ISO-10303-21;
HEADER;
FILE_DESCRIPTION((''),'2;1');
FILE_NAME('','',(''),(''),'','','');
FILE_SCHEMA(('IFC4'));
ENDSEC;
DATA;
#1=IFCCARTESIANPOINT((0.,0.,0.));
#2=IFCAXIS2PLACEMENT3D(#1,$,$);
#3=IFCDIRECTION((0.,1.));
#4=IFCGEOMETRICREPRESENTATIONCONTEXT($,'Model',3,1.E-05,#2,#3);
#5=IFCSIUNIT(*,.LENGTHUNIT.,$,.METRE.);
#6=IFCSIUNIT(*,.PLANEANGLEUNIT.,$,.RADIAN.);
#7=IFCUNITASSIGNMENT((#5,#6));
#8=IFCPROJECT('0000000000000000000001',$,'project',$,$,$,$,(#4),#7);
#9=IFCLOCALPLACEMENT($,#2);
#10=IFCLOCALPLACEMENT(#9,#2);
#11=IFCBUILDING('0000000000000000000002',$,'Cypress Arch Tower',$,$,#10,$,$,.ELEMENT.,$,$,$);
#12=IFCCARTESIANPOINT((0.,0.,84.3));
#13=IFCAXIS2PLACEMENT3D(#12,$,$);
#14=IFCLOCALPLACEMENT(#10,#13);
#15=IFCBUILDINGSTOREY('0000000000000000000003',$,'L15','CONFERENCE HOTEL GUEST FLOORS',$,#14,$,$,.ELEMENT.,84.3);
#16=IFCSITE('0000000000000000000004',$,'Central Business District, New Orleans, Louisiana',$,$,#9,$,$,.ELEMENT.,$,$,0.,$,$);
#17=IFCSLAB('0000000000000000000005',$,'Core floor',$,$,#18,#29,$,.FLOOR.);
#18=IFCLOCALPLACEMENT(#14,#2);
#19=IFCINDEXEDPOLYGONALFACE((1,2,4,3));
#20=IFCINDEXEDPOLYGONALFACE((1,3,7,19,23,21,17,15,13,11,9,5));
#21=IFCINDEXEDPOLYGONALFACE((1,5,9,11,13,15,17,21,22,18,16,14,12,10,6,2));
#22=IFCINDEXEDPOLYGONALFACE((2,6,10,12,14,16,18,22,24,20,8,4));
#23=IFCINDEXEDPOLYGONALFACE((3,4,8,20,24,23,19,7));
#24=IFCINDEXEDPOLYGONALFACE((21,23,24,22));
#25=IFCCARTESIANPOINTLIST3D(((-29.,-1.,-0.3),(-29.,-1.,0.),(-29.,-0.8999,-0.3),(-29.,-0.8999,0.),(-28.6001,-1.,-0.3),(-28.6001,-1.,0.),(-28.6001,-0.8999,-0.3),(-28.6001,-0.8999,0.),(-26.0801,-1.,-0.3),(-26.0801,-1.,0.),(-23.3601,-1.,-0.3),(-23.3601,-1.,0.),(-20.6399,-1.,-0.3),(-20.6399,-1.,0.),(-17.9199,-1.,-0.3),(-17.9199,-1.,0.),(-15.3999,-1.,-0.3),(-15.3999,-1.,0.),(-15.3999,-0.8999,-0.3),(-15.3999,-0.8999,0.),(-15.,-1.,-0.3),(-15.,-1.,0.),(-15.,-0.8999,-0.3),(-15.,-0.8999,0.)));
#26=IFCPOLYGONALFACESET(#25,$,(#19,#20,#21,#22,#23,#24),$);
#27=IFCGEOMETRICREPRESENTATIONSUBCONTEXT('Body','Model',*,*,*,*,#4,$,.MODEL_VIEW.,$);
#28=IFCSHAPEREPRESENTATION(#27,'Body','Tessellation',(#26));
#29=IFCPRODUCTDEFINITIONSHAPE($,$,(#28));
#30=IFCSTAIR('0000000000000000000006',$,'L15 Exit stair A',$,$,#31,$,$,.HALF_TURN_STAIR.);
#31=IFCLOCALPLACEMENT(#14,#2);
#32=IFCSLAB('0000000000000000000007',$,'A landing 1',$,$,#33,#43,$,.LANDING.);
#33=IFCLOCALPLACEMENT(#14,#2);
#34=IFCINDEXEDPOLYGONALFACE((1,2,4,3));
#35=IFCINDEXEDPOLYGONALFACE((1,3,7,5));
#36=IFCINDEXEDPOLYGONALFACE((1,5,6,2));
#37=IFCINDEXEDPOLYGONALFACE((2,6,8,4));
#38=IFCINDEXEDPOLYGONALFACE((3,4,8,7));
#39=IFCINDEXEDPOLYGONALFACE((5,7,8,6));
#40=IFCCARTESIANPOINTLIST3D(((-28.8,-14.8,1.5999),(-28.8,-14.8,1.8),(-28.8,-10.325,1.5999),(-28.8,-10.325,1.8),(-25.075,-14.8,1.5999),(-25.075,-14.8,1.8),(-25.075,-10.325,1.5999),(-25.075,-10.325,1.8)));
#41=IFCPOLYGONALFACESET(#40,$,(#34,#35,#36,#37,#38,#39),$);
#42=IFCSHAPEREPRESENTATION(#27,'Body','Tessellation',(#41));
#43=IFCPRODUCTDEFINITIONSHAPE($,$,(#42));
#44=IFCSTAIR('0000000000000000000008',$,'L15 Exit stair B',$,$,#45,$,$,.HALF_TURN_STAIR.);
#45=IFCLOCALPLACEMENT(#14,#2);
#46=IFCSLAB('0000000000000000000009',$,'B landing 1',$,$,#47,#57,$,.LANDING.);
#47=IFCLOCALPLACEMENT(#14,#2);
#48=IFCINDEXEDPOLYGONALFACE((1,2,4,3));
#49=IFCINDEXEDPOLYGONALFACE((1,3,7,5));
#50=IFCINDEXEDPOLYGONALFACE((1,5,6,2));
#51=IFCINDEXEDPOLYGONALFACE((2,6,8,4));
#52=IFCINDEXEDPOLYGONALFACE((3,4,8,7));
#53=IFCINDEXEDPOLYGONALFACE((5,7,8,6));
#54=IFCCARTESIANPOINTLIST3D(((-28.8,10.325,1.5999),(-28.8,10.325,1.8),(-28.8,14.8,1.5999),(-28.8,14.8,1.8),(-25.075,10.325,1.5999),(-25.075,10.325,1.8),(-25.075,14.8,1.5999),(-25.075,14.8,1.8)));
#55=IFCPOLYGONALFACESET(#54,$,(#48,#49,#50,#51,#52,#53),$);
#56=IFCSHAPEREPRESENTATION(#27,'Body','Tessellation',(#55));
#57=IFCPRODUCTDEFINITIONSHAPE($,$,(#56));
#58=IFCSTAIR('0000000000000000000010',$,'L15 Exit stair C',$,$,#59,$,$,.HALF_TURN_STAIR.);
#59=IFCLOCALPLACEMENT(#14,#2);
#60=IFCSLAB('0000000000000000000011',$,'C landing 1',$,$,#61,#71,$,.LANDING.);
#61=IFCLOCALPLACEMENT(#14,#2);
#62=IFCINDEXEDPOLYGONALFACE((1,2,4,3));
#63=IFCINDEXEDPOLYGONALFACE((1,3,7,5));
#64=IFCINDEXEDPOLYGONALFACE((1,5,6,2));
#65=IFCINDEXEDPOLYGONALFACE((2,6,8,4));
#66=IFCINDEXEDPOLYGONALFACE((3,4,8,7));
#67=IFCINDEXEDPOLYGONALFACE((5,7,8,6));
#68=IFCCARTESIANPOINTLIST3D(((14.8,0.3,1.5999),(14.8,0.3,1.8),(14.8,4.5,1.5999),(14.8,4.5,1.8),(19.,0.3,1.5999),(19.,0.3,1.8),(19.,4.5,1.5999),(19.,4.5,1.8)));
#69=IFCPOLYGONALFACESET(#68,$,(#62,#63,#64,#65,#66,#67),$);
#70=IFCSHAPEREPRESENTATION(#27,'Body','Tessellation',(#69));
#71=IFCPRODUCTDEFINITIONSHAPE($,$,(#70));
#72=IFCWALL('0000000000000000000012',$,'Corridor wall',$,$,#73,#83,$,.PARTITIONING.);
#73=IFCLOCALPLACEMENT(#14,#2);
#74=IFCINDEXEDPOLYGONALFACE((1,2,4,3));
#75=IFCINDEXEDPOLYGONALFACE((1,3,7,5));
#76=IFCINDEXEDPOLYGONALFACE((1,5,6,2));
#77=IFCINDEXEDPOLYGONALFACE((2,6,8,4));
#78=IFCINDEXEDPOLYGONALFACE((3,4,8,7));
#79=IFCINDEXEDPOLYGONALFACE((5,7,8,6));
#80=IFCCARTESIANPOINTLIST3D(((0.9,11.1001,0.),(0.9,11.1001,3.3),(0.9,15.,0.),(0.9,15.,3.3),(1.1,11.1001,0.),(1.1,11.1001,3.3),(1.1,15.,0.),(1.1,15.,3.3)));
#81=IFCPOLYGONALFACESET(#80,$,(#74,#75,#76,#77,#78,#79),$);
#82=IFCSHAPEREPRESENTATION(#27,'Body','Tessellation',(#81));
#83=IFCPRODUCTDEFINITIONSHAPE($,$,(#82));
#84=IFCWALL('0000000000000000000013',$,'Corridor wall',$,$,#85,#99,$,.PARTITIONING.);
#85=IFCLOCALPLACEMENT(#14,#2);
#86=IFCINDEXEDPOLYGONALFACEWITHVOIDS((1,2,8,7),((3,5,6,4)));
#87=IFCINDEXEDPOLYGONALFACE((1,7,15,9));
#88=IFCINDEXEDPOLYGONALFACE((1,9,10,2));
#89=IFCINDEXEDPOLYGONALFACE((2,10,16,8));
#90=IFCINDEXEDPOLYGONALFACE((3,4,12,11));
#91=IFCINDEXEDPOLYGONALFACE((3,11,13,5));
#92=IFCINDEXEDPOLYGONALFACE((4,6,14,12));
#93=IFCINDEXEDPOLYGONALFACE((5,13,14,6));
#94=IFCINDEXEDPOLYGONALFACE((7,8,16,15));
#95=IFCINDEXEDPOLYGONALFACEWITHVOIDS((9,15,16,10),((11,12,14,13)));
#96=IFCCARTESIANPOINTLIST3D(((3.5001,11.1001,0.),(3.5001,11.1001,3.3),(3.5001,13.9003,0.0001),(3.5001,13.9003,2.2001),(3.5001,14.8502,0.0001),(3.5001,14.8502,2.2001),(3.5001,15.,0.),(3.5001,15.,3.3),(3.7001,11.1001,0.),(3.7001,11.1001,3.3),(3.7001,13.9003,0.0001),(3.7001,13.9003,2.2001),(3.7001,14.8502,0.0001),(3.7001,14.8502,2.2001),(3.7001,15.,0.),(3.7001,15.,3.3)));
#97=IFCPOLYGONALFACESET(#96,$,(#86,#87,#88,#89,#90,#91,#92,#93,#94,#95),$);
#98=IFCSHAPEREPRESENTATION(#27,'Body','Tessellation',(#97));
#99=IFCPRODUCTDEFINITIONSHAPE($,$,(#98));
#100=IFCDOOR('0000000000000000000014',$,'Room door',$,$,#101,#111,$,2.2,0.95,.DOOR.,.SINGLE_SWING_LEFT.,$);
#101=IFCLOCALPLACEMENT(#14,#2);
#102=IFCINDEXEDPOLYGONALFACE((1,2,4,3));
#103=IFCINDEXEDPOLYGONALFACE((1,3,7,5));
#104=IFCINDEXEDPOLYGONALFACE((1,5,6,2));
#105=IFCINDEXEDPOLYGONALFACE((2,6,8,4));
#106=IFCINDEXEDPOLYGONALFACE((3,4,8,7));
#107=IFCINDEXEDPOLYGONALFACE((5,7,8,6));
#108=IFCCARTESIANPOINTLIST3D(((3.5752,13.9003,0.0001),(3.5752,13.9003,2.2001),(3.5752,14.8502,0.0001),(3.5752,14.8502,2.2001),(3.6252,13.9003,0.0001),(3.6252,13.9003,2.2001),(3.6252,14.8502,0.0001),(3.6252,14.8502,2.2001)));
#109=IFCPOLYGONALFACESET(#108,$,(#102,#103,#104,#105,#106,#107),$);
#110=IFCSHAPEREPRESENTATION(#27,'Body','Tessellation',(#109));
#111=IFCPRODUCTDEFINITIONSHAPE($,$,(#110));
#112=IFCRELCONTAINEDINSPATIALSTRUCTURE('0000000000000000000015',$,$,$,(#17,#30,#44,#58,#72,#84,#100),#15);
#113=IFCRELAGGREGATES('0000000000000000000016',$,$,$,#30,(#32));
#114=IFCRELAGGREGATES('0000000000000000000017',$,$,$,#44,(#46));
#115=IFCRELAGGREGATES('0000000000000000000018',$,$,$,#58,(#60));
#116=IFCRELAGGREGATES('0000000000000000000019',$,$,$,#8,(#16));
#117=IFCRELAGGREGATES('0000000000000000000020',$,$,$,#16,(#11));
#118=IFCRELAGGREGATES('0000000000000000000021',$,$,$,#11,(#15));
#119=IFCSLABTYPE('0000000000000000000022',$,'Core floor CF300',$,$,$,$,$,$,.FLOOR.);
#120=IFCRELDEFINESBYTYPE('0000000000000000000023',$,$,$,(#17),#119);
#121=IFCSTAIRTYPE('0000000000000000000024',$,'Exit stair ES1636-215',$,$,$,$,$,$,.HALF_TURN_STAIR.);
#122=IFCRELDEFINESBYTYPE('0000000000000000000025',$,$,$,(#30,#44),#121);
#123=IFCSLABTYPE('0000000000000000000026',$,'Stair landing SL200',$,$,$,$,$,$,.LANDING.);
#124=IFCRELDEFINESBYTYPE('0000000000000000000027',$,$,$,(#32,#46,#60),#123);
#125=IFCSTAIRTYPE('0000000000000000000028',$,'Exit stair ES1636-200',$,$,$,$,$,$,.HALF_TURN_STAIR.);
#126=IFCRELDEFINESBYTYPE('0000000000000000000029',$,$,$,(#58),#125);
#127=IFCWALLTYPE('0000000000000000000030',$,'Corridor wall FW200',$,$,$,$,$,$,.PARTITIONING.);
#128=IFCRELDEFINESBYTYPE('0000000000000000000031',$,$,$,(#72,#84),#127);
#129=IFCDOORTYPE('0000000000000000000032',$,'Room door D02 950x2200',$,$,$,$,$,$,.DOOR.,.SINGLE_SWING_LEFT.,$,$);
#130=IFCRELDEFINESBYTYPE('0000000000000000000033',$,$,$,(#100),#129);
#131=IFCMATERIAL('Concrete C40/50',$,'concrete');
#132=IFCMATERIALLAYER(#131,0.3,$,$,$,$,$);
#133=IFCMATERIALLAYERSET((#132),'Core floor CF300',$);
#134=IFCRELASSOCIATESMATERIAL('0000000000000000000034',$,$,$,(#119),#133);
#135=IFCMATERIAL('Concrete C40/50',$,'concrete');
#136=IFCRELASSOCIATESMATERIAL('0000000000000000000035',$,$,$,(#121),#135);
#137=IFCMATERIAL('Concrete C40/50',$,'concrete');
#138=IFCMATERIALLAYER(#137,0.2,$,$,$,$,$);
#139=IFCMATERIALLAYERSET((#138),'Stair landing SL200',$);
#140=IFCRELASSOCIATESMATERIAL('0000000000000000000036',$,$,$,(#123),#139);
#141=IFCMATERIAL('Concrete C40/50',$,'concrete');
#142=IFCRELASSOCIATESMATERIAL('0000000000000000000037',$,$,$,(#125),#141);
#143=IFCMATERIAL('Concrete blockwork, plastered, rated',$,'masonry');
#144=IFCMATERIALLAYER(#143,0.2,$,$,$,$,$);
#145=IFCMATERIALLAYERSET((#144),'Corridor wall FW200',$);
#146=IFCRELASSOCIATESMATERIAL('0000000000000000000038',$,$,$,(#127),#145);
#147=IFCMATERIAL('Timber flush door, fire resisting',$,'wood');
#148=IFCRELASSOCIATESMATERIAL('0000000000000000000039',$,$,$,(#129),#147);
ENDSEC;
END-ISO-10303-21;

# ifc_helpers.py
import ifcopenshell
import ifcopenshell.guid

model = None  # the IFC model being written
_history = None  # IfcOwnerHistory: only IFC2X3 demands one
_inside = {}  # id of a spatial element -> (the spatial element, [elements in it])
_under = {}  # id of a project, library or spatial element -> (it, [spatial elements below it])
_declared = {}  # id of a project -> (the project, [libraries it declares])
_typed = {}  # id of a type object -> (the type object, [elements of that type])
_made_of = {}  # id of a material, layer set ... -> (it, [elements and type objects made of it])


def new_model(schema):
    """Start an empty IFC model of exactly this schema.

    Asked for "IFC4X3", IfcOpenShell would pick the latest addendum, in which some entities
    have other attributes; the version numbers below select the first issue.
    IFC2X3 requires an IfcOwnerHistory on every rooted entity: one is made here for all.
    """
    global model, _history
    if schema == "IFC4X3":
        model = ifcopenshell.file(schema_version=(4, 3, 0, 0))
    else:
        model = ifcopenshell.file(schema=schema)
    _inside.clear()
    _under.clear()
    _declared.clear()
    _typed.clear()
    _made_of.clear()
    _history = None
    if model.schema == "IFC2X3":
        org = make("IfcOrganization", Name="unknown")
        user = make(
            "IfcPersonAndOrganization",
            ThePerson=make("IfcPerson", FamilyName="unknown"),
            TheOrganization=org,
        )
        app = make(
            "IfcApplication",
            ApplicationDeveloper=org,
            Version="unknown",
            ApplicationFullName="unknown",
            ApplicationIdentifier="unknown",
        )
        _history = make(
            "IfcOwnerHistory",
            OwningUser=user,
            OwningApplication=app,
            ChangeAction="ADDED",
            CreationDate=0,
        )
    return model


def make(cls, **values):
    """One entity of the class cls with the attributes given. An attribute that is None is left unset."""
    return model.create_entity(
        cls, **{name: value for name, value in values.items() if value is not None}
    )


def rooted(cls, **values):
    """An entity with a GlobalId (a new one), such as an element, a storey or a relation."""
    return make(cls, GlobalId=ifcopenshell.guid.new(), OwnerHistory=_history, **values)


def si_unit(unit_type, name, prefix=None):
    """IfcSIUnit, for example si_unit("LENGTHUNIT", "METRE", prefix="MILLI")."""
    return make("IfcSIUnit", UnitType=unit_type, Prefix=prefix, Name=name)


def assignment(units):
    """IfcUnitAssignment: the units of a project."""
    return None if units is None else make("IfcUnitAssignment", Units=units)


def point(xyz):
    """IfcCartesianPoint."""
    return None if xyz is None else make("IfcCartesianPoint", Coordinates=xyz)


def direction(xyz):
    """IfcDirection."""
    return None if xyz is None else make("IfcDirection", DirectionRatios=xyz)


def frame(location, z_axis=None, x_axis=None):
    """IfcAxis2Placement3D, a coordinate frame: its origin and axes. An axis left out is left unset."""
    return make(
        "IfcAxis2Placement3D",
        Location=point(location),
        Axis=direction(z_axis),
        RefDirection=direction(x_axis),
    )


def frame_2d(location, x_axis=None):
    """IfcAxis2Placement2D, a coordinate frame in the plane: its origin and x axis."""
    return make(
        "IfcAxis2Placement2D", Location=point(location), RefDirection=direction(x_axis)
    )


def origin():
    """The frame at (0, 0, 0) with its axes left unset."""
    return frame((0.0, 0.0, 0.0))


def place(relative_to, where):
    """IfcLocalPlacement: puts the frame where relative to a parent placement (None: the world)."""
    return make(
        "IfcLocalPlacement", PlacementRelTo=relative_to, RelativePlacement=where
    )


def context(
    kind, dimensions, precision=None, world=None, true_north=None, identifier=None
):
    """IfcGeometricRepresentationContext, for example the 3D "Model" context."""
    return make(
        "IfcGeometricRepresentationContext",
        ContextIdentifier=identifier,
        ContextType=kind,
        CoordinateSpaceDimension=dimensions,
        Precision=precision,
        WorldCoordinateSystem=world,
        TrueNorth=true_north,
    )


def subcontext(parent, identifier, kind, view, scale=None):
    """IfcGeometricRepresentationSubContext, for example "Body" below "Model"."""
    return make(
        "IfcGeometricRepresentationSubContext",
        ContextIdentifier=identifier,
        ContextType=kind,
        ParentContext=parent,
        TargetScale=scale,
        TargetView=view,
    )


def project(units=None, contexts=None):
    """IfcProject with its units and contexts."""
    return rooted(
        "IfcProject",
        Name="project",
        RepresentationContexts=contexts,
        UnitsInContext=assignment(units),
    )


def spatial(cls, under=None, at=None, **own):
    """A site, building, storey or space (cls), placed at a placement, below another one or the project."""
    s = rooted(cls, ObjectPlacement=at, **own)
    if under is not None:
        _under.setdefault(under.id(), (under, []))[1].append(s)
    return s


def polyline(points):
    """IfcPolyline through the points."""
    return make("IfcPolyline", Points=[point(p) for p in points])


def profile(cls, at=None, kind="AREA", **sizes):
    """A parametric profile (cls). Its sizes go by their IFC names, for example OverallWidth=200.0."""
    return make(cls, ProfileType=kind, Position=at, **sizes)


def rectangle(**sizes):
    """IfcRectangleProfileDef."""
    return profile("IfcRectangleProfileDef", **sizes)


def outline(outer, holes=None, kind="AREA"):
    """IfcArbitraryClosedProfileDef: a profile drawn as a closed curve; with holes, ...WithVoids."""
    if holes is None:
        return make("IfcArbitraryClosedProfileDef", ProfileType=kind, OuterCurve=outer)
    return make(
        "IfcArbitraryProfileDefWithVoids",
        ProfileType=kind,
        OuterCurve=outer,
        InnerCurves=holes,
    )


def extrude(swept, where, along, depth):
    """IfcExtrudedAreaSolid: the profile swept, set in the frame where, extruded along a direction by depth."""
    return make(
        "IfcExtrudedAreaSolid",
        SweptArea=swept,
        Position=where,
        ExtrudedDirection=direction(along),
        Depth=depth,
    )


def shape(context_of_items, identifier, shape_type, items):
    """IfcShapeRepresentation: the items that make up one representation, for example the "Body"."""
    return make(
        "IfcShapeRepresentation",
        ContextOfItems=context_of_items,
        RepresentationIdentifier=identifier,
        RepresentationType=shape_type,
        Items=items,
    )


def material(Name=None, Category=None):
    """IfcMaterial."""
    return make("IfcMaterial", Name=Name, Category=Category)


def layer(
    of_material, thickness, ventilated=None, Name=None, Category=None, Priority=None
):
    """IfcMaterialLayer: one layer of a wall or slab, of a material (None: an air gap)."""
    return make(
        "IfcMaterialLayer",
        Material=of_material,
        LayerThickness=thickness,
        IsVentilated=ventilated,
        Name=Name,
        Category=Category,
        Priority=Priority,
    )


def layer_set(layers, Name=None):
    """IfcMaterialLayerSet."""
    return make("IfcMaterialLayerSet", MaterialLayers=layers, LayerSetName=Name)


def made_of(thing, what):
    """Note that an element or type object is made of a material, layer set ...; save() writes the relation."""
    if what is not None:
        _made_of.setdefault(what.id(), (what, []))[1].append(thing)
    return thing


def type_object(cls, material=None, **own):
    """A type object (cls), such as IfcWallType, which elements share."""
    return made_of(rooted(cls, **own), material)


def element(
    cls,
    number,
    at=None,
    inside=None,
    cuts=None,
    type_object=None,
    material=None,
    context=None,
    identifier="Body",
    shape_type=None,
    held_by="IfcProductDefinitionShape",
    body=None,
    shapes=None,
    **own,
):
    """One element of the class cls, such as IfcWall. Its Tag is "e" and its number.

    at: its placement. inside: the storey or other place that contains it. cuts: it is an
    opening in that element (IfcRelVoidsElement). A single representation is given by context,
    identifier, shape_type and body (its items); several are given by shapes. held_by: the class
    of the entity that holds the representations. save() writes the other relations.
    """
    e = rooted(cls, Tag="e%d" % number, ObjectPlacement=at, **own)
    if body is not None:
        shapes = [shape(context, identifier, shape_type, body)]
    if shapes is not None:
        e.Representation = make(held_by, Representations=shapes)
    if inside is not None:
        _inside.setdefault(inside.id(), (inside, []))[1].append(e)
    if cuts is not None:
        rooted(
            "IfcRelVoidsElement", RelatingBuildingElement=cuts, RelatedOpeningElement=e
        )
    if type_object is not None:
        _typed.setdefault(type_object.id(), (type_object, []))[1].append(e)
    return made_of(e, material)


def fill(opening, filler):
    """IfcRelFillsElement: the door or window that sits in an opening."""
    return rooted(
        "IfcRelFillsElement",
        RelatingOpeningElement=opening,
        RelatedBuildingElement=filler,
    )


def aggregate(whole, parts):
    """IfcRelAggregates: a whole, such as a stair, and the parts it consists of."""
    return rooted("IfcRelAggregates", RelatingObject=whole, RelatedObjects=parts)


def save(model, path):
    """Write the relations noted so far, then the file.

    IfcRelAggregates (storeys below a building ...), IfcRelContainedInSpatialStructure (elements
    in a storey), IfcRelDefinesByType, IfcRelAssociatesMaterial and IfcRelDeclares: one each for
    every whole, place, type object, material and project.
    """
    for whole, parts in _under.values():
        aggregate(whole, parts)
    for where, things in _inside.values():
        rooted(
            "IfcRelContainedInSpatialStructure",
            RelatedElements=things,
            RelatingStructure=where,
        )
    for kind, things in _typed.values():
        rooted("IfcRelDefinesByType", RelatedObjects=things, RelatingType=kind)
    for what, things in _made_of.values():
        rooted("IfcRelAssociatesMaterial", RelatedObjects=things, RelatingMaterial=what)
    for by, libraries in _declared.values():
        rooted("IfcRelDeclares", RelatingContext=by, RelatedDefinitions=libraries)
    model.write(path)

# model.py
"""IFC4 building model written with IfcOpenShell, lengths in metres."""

from ifc_helpers import new_model, si_unit, direction, frame, frame_2d, origin, place, context, subcontext, project, spatial, polyline, rectangle, outline, extrude, material, layer, layer_set, type_object, element, fill, aggregate, save


model = new_model("IFC4")

# Units and contexts
model_context = context("Model", 3, precision=1e-05, world=origin(), true_north=direction((0.0, 1.0)))
body_context = subcontext(model_context, "Body", "Model", "MODEL_VIEW")
ifc_project = project(units=[si_unit("LENGTHUNIT", "METRE"), si_unit("PLANEANGLEUNIT", "RADIAN")], contexts=[model_context])

# Site, building, storey
site_placement = place(None, origin())
site = spatial("IfcSite", under=ifc_project, at=site_placement, Name="Central Business District, New Orleans, Louisiana", CompositionType="ELEMENT", RefElevation=0.0)
building_placement = place(site_placement, origin())
building = spatial("IfcBuilding", under=site, at=building_placement, Name="Cypress Arch Tower", CompositionType="ELEMENT")
storey_placement = place(building_placement, frame((0.0, 0.0, 84.3)))
storey = spatial("IfcBuildingStorey", under=building, at=storey_placement, Name="L15", Description="CONFERENCE HOTEL GUEST FLOORS", CompositionType="ELEMENT", Elevation=84.3)

# Slab
ifc_material_1 = material(Name="Concrete C40/50", Category="concrete")
ifc_layer_1 = layer(ifc_material_1, 0.3)
ifc_layer_set_1 = layer_set([ifc_layer_1], Name="Core floor CF300")
slab_type_1 = type_object("IfcSlabType", Name="Core floor CF300", PredefinedType="FLOOR", material=ifc_layer_set_1)
slab_1_placement = place(storey_placement, frame((0.0, 0.0, -0.3)))
element("IfcSlab", 1, at=slab_1_placement, inside=storey, type_object=slab_type_1, Name="Core floor", PredefinedType="FLOOR", context=body_context, shape_type="SweptSolid", body=[
    extrude(outline(polyline([(-20.6399, -1.0), (-23.3601, -1.0), (-26.0801, -1.0), (-28.6001, -1.0), (-29.0, -1.0), (-29.0, -0.8999), (-28.6001, -0.8999), (-15.3999, -0.8999), (-15.0, -0.8999), (-15.0, -1.0), (-15.3999, -1.0), (-17.9199, -1.0), (-20.6399, -1.0)])), origin(), (0.0, 0.0, 1.0), 0.3),
])

# Stairs, slabs
ifc_material_2 = material(Name="Concrete C40/50", Category="concrete")
stair_type_1 = type_object("IfcStairType", Name="Exit stair ES1636-215", PredefinedType="HALF_TURN_STAIR", material=ifc_material_2)
stair_1_placement = place(storey_placement, origin())
stair_1 = element("IfcStair", 2, at=stair_1_placement, inside=storey, type_object=stair_type_1, Name="L15 Exit stair A", PredefinedType="HALF_TURN_STAIR")
ifc_material_3 = material(Name="Concrete C40/50", Category="concrete")
ifc_layer_2 = layer(ifc_material_3, 0.2)
ifc_layer_set_2 = layer_set([ifc_layer_2], Name="Stair landing SL200")
slab_type_2 = type_object("IfcSlabType", Name="Stair landing SL200", PredefinedType="LANDING", material=ifc_layer_set_2)
slab_2_placement = place(storey_placement, frame((0.0, 0.0, 1.5999)))
slab_2 = element("IfcSlab", 3, at=slab_2_placement, type_object=slab_type_2, Name="A landing 1", PredefinedType="LANDING", context=body_context, shape_type="SweptSolid", body=[
    extrude(outline(polyline([(-25.075, -10.325), (-28.8, -10.325), (-28.8, -14.8), (-25.075, -14.8), (-25.075, -10.325)])), origin(), (0.0, 0.0, 1.0), 0.2002),
])
aggregate(stair_1, [slab_2])
stair_2_placement = place(storey_placement, origin())
stair_2 = element("IfcStair", 4, at=stair_2_placement, inside=storey, type_object=stair_type_1, Name="L15 Exit stair B", PredefinedType="HALF_TURN_STAIR")
slab_3_placement = place(storey_placement, frame((0.0, 0.0, 1.5999)))
slab_3 = element("IfcSlab", 5, at=slab_3_placement, type_object=slab_type_2, Name="B landing 1", PredefinedType="LANDING", context=body_context, shape_type="SweptSolid", body=[
    extrude(outline(polyline([(-25.075, 14.8), (-28.8, 14.8), (-28.8, 10.325), (-25.075, 10.325), (-25.075, 14.8)])), origin(), (0.0, 0.0, 1.0), 0.2002),
])
aggregate(stair_2, [slab_3])
ifc_material_4 = material(Name="Concrete C40/50", Category="concrete")
stair_type_2 = type_object("IfcStairType", Name="Exit stair ES1636-200", PredefinedType="HALF_TURN_STAIR", material=ifc_material_4)
stair_3_placement = place(storey_placement, origin())
stair_3 = element("IfcStair", 6, at=stair_3_placement, inside=storey, type_object=stair_type_2, Name="L15 Exit stair C", PredefinedType="HALF_TURN_STAIR")
slab_4_placement = place(storey_placement, frame((0.0, 0.0, 1.5999)))
slab_4 = element("IfcSlab", 7, at=slab_4_placement, type_object=slab_type_2, Name="C landing 1", PredefinedType="LANDING", context=body_context, shape_type="SweptSolid", body=[
    extrude(outline(polyline([(19.0, 0.3), (19.0, 4.5), (14.8, 4.5), (14.8, 0.3), (19.0, 0.3)])), origin(), (0.0, 0.0, 1.0), 0.2002),
])
aggregate(stair_3, [slab_4])

# Wall
ifc_material_5 = material(Name="Concrete blockwork, plastered, rated", Category="masonry")
ifc_layer_3 = layer(ifc_material_5, 0.2)
ifc_layer_set_3 = layer_set([ifc_layer_3], Name="Corridor wall FW200")
wall_type = type_object("IfcWallType", Name="Corridor wall FW200", PredefinedType="PARTITIONING", material=ifc_layer_set_3)
wall_1_placement = place(storey_placement, frame((1.0, 11.1001, 0.0), z_axis=(0.0, 0.0, 1.0), x_axis=(0.0, 1.0, 0.0)))
element("IfcWall", 8, at=wall_1_placement, inside=storey, type_object=wall_type, Name="Corridor wall", PredefinedType="PARTITIONING", context=body_context, shape_type="SweptSolid", body=[
    extrude(rectangle(XDim=3.8999, YDim=0.2, at=frame_2d((1.95, 0.0))), origin(), (0.0, 0.0, 1.0), 3.3),
])

# Wall, opening, door
wall_2_placement = place(storey_placement, frame((3.6001, 11.1001, 0.0), z_axis=(0.0, 0.0, 1.0), x_axis=(0.0, 1.0, 0.0)))
wall_2 = element("IfcWall", 9, at=wall_2_placement, inside=storey, type_object=wall_type, Name="Corridor wall", PredefinedType="PARTITIONING", context=body_context, shape_type="SweptSolid", body=[
    extrude(rectangle(XDim=3.8999, YDim=0.2, at=frame_2d((1.95, 0.0))), origin(), (0.0, 0.0, 1.0), 3.3),
])
opening_placement = place(wall_2_placement, frame((2.8, 0.0, 0.0)))
opening = element("IfcOpeningElement", 10, at=opening_placement, cuts=wall_2, PredefinedType="OPENING", context=body_context, shape_type="SweptSolid", body=[
    extrude(rectangle(XDim=0.95, YDim=2.2, at=frame_2d((0.4751, 1.1001))), frame((0.0, 0.1099, 0.0), z_axis=(0.0, -1.0, 0.0), x_axis=(1.0, 0.0, 0.0)), (0.0, 0.0, 1.0), 0.22),
])
ifc_material_6 = material(Name="Timber flush door, fire resisting", Category="wood")
door_type = type_object("IfcDoorType", Name="Room door D02 950x2200", OperationType="SINGLE_SWING_LEFT", PredefinedType="DOOR", material=ifc_material_6)
door_placement = place(opening_placement, origin())
door = element("IfcDoor", 11, at=door_placement, inside=storey, type_object=door_type, Name="Room door", OperationType="SINGLE_SWING_LEFT", OverallHeight=2.2, OverallWidth=0.95, PredefinedType="DOOR", context=body_context, shape_type="SweptSolid", body=[
    extrude(rectangle(XDim=0.95, YDim=2.2, at=frame_2d((0.4751, 1.1001))), frame((0.0, 0.0249, 0.0), z_axis=(0.0, -1.0, 0.0), x_axis=(1.0, 0.0, 0.0)), (0.0, 0.0, 1.0), 0.05),
])
fill(opening, door)

save(model, "model.ifc")
